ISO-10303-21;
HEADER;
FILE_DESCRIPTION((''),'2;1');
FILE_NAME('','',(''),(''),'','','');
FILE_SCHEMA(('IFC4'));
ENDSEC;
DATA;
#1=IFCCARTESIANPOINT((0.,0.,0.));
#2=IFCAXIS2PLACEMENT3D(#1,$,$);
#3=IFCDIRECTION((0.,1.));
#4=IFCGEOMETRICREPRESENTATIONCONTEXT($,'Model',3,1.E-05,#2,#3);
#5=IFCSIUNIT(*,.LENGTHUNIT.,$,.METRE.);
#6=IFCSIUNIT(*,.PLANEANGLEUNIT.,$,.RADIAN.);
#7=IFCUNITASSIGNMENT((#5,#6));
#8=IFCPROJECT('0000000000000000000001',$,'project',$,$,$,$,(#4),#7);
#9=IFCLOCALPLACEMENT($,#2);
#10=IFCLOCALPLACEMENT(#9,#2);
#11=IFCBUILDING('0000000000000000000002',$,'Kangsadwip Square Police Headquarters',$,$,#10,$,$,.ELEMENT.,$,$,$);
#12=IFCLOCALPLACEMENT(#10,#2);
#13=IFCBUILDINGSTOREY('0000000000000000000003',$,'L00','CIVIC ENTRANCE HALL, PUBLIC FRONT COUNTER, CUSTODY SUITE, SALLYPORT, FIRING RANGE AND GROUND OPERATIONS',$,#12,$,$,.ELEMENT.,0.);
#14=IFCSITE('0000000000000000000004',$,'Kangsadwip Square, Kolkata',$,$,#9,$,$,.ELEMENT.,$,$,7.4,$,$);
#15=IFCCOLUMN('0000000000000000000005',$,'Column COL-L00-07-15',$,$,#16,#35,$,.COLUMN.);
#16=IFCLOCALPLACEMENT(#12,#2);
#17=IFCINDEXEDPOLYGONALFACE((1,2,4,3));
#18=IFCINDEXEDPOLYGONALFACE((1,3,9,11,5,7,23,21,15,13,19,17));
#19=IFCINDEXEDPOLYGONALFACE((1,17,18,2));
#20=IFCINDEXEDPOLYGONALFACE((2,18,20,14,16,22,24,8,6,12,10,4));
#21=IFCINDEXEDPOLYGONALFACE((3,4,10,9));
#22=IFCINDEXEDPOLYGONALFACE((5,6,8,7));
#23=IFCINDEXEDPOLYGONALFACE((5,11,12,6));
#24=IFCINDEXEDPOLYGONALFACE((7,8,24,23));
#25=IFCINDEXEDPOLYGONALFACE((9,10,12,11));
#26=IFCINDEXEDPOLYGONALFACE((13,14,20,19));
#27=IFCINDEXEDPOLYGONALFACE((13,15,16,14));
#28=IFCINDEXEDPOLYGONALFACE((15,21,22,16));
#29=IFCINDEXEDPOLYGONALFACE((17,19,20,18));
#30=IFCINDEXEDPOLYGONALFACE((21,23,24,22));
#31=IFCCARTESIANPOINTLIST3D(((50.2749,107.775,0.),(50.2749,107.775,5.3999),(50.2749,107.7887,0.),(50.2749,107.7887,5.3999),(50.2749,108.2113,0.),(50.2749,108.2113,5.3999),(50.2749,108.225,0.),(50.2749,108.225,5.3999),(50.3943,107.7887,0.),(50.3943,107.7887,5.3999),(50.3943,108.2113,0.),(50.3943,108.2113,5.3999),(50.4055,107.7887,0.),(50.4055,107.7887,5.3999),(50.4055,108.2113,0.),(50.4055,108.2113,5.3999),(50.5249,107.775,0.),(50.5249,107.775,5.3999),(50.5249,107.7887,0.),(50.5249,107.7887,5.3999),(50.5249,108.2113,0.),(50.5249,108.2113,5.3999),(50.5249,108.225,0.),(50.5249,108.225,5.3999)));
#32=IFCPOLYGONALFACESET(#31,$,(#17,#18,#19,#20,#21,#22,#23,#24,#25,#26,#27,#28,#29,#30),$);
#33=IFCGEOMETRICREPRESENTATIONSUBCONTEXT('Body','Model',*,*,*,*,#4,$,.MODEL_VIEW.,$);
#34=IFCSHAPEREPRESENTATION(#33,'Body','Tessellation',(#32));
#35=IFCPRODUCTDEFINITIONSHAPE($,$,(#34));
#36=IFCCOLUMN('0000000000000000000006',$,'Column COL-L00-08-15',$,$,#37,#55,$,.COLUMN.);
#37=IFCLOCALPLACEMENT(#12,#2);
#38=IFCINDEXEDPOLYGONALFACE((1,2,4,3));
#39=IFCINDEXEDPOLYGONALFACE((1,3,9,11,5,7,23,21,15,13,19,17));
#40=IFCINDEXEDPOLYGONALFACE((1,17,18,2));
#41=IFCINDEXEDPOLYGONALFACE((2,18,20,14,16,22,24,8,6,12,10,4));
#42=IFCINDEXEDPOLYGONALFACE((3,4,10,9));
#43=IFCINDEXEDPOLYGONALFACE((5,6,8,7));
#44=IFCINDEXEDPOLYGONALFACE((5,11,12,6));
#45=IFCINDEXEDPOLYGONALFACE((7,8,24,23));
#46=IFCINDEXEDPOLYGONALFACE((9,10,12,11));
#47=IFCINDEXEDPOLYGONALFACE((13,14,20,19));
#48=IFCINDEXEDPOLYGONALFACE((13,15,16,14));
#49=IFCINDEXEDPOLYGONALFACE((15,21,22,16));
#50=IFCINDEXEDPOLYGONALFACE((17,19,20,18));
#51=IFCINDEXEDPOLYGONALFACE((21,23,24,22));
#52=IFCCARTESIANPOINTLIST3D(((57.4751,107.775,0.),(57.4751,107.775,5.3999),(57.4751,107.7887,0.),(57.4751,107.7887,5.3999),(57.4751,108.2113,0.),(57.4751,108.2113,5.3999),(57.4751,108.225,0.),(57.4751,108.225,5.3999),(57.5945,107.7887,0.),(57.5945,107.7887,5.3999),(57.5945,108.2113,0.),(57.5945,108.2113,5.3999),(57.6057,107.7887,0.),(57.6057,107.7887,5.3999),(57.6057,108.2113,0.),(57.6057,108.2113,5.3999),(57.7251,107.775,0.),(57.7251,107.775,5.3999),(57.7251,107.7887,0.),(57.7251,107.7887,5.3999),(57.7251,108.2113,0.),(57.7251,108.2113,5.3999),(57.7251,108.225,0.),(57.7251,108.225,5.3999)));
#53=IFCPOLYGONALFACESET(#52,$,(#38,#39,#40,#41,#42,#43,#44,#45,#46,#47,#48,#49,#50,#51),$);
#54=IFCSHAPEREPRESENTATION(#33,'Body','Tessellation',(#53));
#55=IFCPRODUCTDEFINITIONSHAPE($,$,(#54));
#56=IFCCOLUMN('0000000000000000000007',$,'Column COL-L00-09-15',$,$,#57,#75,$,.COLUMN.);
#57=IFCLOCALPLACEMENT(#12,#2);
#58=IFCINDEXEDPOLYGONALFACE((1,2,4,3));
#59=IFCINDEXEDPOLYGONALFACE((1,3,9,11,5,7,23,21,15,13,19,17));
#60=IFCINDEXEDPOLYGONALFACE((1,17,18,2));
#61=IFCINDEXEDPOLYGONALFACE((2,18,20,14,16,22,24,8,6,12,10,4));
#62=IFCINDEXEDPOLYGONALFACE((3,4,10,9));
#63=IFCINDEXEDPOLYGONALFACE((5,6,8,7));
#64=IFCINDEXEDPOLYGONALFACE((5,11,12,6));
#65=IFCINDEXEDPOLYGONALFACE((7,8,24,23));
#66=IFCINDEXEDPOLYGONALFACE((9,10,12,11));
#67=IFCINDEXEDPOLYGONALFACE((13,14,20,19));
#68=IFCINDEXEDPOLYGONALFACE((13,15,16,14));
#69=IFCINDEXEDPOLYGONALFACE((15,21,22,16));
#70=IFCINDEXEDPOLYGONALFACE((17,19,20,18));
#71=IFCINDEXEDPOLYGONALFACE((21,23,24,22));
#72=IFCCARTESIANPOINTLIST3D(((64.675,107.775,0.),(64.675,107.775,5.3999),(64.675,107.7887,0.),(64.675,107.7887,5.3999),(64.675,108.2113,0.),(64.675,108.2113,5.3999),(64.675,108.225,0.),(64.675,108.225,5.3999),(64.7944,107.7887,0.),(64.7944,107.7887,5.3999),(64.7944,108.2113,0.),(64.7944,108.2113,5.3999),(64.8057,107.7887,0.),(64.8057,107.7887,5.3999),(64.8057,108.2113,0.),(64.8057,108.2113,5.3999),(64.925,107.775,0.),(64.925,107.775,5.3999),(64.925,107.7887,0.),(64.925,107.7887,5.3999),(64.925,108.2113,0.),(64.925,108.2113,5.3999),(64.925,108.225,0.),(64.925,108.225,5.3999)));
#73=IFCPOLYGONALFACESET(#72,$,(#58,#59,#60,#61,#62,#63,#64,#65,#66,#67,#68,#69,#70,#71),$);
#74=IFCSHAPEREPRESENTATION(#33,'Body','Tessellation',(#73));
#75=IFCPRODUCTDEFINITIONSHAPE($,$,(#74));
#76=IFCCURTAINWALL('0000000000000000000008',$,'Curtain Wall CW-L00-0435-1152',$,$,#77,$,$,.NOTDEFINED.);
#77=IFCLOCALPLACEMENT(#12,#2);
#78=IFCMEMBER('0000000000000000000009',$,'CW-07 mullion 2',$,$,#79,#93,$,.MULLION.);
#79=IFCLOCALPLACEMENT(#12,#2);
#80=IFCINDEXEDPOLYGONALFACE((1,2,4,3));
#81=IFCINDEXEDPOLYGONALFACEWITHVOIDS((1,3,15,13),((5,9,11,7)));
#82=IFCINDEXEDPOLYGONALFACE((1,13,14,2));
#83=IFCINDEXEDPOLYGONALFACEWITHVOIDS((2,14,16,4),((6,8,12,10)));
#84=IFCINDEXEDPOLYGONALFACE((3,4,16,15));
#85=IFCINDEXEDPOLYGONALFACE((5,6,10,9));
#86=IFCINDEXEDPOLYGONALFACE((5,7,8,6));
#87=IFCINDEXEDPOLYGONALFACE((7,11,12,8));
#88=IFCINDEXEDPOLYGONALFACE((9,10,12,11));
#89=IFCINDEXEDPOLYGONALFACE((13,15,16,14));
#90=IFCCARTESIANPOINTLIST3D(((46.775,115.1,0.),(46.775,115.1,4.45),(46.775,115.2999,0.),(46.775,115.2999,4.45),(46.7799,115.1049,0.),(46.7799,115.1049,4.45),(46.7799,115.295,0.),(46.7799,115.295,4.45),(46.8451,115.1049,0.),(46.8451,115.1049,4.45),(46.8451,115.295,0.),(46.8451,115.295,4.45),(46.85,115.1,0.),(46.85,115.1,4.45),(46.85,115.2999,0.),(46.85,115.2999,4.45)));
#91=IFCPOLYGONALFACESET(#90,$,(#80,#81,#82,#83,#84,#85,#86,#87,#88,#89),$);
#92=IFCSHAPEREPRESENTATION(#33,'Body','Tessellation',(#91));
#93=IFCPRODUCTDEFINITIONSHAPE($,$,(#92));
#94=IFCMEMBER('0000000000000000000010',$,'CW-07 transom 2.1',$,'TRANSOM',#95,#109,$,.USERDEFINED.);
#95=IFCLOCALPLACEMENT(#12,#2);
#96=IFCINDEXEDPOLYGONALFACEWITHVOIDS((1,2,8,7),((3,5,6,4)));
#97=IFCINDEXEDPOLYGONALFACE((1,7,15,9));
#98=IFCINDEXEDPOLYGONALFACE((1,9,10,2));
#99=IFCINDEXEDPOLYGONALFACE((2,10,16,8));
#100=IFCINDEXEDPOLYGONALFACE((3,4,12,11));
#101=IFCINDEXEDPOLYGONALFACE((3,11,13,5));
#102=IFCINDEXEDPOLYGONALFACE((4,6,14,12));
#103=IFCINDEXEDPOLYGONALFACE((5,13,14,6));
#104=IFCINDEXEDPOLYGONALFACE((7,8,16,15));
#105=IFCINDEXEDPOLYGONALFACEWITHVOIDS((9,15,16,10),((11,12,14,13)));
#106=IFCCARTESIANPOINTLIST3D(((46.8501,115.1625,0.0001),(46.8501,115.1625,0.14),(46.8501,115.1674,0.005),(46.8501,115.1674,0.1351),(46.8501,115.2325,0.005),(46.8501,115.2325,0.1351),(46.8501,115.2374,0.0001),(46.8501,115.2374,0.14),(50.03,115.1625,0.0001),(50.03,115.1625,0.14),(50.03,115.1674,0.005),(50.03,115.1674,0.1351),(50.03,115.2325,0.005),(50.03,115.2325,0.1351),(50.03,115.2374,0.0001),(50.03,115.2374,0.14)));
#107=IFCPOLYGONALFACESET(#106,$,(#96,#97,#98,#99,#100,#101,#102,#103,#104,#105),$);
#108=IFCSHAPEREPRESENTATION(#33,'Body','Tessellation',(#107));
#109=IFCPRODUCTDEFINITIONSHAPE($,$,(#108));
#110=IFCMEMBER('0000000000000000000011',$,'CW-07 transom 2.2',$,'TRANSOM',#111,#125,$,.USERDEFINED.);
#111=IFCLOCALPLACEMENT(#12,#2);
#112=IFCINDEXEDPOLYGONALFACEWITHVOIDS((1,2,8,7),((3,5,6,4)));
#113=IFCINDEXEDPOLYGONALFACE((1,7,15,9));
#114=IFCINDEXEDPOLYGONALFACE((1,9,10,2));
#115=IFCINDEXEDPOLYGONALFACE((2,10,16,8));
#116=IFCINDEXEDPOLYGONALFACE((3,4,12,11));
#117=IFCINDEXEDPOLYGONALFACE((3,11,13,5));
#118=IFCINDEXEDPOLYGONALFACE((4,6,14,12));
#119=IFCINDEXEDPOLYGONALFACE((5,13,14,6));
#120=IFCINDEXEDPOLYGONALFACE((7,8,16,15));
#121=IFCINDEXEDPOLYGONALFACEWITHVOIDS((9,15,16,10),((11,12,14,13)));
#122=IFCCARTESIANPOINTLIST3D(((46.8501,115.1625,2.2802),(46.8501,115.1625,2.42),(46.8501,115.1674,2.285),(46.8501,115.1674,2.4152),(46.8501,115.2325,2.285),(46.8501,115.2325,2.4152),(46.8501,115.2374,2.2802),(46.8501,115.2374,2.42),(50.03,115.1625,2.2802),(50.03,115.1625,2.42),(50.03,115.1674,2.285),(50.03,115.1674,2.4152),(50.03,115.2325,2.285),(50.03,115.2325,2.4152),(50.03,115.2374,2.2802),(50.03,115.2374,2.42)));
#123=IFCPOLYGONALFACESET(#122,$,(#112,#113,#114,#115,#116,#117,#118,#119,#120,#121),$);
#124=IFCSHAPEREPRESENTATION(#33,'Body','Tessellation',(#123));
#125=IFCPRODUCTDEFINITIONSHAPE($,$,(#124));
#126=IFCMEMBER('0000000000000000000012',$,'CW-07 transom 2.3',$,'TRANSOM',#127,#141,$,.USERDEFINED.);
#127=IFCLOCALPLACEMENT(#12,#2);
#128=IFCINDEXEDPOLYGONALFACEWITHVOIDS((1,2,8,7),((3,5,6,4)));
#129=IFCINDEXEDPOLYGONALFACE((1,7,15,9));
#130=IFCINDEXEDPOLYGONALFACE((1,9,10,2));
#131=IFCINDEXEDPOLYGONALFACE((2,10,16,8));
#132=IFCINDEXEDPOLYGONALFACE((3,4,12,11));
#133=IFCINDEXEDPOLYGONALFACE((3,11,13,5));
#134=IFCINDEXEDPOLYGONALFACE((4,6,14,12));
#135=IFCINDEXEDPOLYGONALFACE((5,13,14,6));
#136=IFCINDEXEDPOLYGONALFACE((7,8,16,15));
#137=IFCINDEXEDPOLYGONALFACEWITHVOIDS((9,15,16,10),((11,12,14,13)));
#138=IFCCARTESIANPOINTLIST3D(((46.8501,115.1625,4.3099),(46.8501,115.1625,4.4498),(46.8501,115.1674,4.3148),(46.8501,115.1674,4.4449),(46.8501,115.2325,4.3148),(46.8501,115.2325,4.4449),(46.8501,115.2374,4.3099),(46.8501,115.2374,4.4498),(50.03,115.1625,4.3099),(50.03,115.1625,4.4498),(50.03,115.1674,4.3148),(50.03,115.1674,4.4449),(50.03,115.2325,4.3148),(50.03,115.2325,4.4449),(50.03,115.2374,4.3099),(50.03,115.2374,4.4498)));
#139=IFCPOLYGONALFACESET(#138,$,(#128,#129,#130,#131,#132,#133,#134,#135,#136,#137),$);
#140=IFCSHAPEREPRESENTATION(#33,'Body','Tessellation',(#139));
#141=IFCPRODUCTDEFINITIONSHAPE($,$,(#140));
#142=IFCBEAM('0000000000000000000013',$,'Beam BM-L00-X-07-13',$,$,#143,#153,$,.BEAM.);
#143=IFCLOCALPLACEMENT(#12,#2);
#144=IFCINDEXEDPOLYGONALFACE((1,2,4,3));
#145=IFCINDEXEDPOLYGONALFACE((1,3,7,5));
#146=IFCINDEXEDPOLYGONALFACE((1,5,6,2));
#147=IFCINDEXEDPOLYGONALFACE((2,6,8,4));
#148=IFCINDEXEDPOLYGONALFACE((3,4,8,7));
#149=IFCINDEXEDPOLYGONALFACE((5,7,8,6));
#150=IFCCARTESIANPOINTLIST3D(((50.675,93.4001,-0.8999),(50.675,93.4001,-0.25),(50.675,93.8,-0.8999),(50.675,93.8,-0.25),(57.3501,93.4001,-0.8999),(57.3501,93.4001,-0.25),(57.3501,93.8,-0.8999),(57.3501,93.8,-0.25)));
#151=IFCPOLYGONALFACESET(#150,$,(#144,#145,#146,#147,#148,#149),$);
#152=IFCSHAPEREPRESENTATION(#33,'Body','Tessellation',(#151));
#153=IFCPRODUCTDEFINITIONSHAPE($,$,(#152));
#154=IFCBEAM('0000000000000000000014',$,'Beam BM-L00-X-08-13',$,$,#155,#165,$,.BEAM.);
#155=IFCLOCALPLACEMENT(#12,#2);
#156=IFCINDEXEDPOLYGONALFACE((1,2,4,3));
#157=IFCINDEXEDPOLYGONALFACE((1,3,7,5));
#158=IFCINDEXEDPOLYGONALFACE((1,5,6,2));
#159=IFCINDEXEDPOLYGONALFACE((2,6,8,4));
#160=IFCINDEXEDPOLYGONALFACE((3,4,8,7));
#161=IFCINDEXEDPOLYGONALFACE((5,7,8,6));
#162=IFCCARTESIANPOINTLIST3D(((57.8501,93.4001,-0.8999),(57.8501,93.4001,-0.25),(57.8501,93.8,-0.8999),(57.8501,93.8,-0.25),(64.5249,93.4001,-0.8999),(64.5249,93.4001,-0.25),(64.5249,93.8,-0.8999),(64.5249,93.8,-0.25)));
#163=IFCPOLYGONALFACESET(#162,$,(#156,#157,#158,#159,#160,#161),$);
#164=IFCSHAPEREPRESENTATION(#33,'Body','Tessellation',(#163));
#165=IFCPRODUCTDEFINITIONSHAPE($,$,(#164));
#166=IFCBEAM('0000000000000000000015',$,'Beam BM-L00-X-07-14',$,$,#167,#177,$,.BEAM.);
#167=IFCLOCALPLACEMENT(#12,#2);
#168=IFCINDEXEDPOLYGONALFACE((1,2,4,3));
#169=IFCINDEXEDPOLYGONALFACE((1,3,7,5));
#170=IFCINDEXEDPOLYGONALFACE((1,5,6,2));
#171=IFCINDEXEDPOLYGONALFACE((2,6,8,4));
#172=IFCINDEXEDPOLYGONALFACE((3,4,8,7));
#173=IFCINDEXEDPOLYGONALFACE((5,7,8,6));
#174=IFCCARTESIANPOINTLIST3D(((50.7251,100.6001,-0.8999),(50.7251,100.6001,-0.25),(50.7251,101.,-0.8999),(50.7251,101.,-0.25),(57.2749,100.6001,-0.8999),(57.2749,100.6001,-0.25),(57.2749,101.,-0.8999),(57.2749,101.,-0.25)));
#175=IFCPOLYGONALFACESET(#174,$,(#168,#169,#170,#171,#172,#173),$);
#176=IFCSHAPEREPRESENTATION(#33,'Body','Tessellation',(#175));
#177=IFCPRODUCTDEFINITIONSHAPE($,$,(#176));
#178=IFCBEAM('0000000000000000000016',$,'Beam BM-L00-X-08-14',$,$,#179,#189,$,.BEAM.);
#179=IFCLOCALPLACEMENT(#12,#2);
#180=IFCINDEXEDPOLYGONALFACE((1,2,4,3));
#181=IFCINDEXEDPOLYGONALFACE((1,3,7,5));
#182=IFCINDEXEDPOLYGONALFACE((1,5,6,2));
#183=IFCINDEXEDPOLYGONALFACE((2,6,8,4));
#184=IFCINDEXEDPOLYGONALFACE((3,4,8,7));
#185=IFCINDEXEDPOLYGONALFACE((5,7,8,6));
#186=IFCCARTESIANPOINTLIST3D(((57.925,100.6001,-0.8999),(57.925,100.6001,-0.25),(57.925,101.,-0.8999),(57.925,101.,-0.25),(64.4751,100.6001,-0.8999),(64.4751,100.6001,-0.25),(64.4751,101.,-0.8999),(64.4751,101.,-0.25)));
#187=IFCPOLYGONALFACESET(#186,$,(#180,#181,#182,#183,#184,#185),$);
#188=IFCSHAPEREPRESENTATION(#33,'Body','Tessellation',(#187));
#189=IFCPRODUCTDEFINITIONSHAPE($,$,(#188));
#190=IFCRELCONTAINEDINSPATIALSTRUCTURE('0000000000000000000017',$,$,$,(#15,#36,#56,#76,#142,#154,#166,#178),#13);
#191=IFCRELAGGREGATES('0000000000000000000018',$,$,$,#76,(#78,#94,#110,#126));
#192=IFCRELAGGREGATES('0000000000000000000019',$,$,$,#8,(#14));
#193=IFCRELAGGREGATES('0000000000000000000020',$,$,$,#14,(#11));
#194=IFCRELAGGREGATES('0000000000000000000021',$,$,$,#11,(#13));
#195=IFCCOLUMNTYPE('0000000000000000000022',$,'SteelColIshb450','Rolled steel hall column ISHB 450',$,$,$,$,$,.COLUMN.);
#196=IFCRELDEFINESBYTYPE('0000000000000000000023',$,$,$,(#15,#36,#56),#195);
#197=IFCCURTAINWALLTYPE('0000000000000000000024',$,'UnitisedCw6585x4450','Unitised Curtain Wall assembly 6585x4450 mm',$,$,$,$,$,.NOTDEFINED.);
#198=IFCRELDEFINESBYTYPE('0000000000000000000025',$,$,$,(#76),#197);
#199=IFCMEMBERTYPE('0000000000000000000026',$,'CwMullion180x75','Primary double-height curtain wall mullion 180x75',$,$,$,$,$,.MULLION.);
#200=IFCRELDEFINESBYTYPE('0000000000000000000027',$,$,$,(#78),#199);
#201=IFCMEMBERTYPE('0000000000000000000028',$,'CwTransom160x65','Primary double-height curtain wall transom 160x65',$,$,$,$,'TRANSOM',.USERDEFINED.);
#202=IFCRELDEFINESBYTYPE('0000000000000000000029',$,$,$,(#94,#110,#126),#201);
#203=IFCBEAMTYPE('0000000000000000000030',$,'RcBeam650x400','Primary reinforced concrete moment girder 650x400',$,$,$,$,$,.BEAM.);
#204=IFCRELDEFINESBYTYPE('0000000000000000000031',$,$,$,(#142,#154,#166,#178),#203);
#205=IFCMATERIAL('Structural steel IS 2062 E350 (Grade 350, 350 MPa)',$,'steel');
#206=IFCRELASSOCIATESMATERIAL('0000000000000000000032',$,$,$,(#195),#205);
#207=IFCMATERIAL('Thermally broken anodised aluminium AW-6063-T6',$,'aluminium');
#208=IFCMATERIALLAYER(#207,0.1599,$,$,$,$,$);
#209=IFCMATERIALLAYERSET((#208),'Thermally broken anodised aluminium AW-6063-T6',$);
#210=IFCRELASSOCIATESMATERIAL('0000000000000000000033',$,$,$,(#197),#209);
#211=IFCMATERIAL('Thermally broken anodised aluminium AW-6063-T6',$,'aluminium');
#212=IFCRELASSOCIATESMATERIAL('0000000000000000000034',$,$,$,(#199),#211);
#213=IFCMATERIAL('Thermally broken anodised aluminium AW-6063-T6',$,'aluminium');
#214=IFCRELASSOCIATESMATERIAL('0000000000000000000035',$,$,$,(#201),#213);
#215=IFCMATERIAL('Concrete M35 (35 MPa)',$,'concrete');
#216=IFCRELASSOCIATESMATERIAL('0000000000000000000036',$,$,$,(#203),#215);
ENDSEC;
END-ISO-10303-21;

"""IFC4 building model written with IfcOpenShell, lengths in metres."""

from ifc_helpers import new_model, si_unit, direction, frame, origin, origin_2d, place, context, subcontext, project, spatial, rectangle, hollow_rectangle, i_section, extrude, material, layer, layer_set, material_profile, profile_set, type_object, element, aggregate, save


model = new_model("IFC4")

# Units and contexts
model_context = context("Model", 3, precision=1e-05, world=origin(), true_north=direction((0.0, 1.0)))
body_context = subcontext(model_context, "Body", "Model", "MODEL_VIEW")
ifc_project = project(units=[si_unit("LENGTHUNIT", "METRE"), si_unit("PLANEANGLEUNIT", "RADIAN")], contexts=[model_context])

# Site, building, storey
site_placement = place(None, origin())
site = spatial("IfcSite", under=ifc_project, at=site_placement, Name="Kangsadwip Square, Kolkata", CompositionType="ELEMENT", RefElevation=7.4)
building_placement = place(site_placement, origin())
building = spatial("IfcBuilding", under=site, at=building_placement, Name="Kangsadwip Square Police Headquarters", CompositionType="ELEMENT")
storey_placement = place(building_placement, origin())
storey = spatial("IfcBuildingStorey", under=building, at=storey_placement, Name="L00", Description="CIVIC ENTRANCE HALL, PUBLIC FRONT COUNTER, CUSTODY SUITE, SALLYPORT, FIRING RANGE AND GROUND OPERATIONS", CompositionType="ELEMENT", Elevation=0.0)

# Columns
ifc_material_1 = material(Name="Structural steel IS 2062 E350 (Grade 350, 350 MPa)", Category="steel")
ifc_material_profile_1 = material_profile(ifc_material_1, i_section(OverallWidth=0.25, OverallDepth=0.45, WebThickness=0.0112, FlangeThickness=0.0137, at=origin_2d()), Name="ISHB 450")
ifc_profile_set_1 = profile_set([ifc_material_profile_1], Name="Structural steel IS 2062 E350 (Grade 350, 350 MPa)")
column_type = type_object("IfcColumnType", Name="SteelColIshb450", Description="Rolled steel hall column ISHB 450", PredefinedType="COLUMN", material=ifc_profile_set_1)
for number, where, z_axis, x_axis, name in (
    (1, (50.3999, 108.0, 0.0), (0.0, 0.0, 1.0), (1.0, 0.0, 0.0), "Column COL-L00-07-15"),
    (2, (57.6001, 108.0, 0.0), (0.0, 0.0, 1.0), (1.0, 0.0, 0.0), "Column COL-L00-08-15"),
    (3, (64.8, 108.0, 0.0), (0.0, 0.0, 1.0), (1.0, 0.0, 0.0), "Column COL-L00-09-15"),
):
    element("IfcColumn", number, at=place(storey_placement, frame(where, z_axis=z_axis, x_axis=x_axis)), inside=storey, type_object=column_type, Name=name, PredefinedType="COLUMN", context=body_context, shape_type="SweptSolid", body=[
        extrude(i_section(OverallWidth=0.25, OverallDepth=0.45, WebThickness=0.0112, FlangeThickness=0.0137, at=origin_2d()), origin(), (0.0, 0.0, 1.0), 5.3999),
    ])

# Curtain wall, members
ifc_material_2 = material(Name="Thermally broken anodised aluminium AW-6063-T6", Category="aluminium")
ifc_layer_1 = layer(ifc_material_2, 0.1599)
ifc_layer_set_1 = layer_set([ifc_layer_1], Name="Thermally broken anodised aluminium AW-6063-T6")
curtain_wall_type = type_object("IfcCurtainWallType", Name="UnitisedCw6585x4450", Description="Unitised Curtain Wall assembly 6585x4450 mm", PredefinedType="NOTDEFINED", material=ifc_layer_set_1)
curtain_wall_placement = place(storey_placement, origin())
curtain_wall = element("IfcCurtainWall", 4, at=curtain_wall_placement, inside=storey, type_object=curtain_wall_type, Name="Curtain Wall CW-L00-0435-1152", PredefinedType="NOTDEFINED")
ifc_material_3 = material(Name="Thermally broken anodised aluminium AW-6063-T6", Category="aluminium")
ifc_material_profile_2 = material_profile(ifc_material_3, hollow_rectangle(XDim=0.075, YDim=0.2, WallThickness=0.0049, at=origin_2d()), Name="CWM 200X75X5")
ifc_profile_set_2 = profile_set([ifc_material_profile_2], Name="Thermally broken anodised aluminium AW-6063-T6")
member_type_1 = type_object("IfcMemberType", Name="CwMullion180x75", Description="Primary double-height curtain wall mullion 180x75", PredefinedType="MULLION", material=ifc_profile_set_2)
member_1_placement = place(storey_placement, frame((46.8125, 115.2, 0.0), z_axis=(0.0, 0.0, 1.0), x_axis=(1.0, 0.0, 0.0)))
member_1 = element("IfcMember", 5, at=member_1_placement, type_object=member_type_1, Name="CW-07 mullion 2", PredefinedType="MULLION", context=body_context, shape_type="SweptSolid", body=[
    extrude(hollow_rectangle(XDim=0.075, YDim=0.2, WallThickness=0.0049, at=origin_2d()), origin(), (0.0, 0.0, 1.0), 4.45),
])
ifc_material_4 = material(Name="Thermally broken anodised aluminium AW-6063-T6", Category="aluminium")
ifc_material_profile_3 = material_profile(ifc_material_4, hollow_rectangle(XDim=0.075, YDim=0.1399, WallThickness=0.0049, at=origin_2d()), Name="CWT 140X75X5")
ifc_profile_set_3 = profile_set([ifc_material_profile_3], Name="Thermally broken anodised aluminium AW-6063-T6")
member_type_2 = type_object("IfcMemberType", Name="CwTransom160x65", Description="Primary double-height curtain wall transom 160x65", ElementType="TRANSOM", PredefinedType="USERDEFINED", material=ifc_profile_set_3)
member_2_placement = place(storey_placement, frame((46.8501, 115.2, 0.0701), z_axis=(1.0, 0.0, 0.0), x_axis=(0.0, 1.0, 0.0)))
member_2 = element("IfcMember", 6, at=member_2_placement, type_object=member_type_2, Name="CW-07 transom 2.1", ObjectType="TRANSOM", PredefinedType="USERDEFINED", context=body_context, shape_type="SweptSolid", body=[
    extrude(hollow_rectangle(XDim=0.075, YDim=0.1399, WallThickness=0.0049, at=origin_2d()), origin(), (0.0, 0.0, 1.0), 3.1799),
])
member_3_placement = place(storey_placement, frame((46.8501, 115.2, 2.3501), z_axis=(1.0, 0.0, 0.0), x_axis=(0.0, 1.0, 0.0)))
member_3 = element("IfcMember", 7, at=member_3_placement, type_object=member_type_2, Name="CW-07 transom 2.2", ObjectType="TRANSOM", PredefinedType="USERDEFINED", context=body_context, shape_type="SweptSolid", body=[
    extrude(hollow_rectangle(XDim=0.075, YDim=0.1399, WallThickness=0.0049, at=origin_2d()), origin(), (0.0, 0.0, 1.0), 3.1799),
])
member_4_placement = place(storey_placement, frame((46.8501, 115.2, 4.3799), z_axis=(1.0, 0.0, 0.0), x_axis=(0.0, 1.0, 0.0)))
member_4 = element("IfcMember", 8, at=member_4_placement, type_object=member_type_2, Name="CW-07 transom 2.3", ObjectType="TRANSOM", PredefinedType="USERDEFINED", context=body_context, shape_type="SweptSolid", body=[
    extrude(hollow_rectangle(XDim=0.075, YDim=0.1399, WallThickness=0.0049, at=origin_2d()), origin(), (0.0, 0.0, 1.0), 3.1799),
])

# Beams
ifc_material_5 = material(Name="Concrete M35 (35 MPa)", Category="concrete")
ifc_material_profile_4 = material_profile(ifc_material_5, rectangle(XDim=0.3999, YDim=0.6499, at=origin_2d()), Name="RC BM 650X400")
ifc_profile_set_4 = profile_set([ifc_material_profile_4], Name="Concrete M35 (35 MPa)")
beam_type = type_object("IfcBeamType", Name="RcBeam650x400", Description="Primary reinforced concrete moment girder 650x400", PredefinedType="BEAM", material=ifc_profile_set_4)
beam_1_placement = place(storey_placement, frame((50.675, 93.6001, -0.575), z_axis=(1.0, 0.0, 0.0), x_axis=(0.0, 1.0, 0.0)))
element("IfcBeam", 9, at=beam_1_placement, inside=storey, type_object=beam_type, Name="Beam BM-L00-X-07-13", PredefinedType="BEAM", context=body_context, shape_type="SweptSolid", body=[
    extrude(rectangle(XDim=0.3999, YDim=0.6499, at=origin_2d()), origin(), (0.0, 0.0, 1.0), 6.675),
])
beam_2_placement = place(storey_placement, frame((57.8501, 93.6001, -0.575), z_axis=(1.0, 0.0, 0.0), x_axis=(0.0, 1.0, 0.0)))
element("IfcBeam", 10, at=beam_2_placement, inside=storey, type_object=beam_type, Name="Beam BM-L00-X-08-13", PredefinedType="BEAM", context=body_context, shape_type="SweptSolid", body=[
    extrude(rectangle(XDim=0.3999, YDim=0.6499, at=origin_2d()), origin(), (0.0, 0.0, 1.0), 6.6748),
])
beam_3_placement = place(storey_placement, frame((50.7251, 100.8, -0.575), z_axis=(1.0, 0.0, 0.0), x_axis=(0.0, 1.0, 0.0)))
element("IfcBeam", 11, at=beam_3_placement, inside=storey, type_object=beam_type, Name="Beam BM-L00-X-07-14", PredefinedType="BEAM", context=body_context, shape_type="SweptSolid", body=[
    extrude(rectangle(XDim=0.3999, YDim=0.6499, at=origin_2d()), origin(), (0.0, 0.0, 1.0), 6.5498),
])
beam_4_placement = place(storey_placement, frame((57.925, 100.8, -0.575), z_axis=(1.0, 0.0, 0.0), x_axis=(0.0, 1.0, 0.0)))
element("IfcBeam", 12, at=beam_4_placement, inside=storey, type_object=beam_type, Name="Beam BM-L00-X-08-14", PredefinedType="BEAM", context=body_context, shape_type="SweptSolid", body=[
    extrude(rectangle(XDim=0.3999, YDim=0.6499, at=origin_2d()), origin(), (0.0, 0.0, 1.0), 6.55),
])

aggregate(curtain_wall, [member_1, member_2, member_3, member_4])

save(model, "model.ifc")
